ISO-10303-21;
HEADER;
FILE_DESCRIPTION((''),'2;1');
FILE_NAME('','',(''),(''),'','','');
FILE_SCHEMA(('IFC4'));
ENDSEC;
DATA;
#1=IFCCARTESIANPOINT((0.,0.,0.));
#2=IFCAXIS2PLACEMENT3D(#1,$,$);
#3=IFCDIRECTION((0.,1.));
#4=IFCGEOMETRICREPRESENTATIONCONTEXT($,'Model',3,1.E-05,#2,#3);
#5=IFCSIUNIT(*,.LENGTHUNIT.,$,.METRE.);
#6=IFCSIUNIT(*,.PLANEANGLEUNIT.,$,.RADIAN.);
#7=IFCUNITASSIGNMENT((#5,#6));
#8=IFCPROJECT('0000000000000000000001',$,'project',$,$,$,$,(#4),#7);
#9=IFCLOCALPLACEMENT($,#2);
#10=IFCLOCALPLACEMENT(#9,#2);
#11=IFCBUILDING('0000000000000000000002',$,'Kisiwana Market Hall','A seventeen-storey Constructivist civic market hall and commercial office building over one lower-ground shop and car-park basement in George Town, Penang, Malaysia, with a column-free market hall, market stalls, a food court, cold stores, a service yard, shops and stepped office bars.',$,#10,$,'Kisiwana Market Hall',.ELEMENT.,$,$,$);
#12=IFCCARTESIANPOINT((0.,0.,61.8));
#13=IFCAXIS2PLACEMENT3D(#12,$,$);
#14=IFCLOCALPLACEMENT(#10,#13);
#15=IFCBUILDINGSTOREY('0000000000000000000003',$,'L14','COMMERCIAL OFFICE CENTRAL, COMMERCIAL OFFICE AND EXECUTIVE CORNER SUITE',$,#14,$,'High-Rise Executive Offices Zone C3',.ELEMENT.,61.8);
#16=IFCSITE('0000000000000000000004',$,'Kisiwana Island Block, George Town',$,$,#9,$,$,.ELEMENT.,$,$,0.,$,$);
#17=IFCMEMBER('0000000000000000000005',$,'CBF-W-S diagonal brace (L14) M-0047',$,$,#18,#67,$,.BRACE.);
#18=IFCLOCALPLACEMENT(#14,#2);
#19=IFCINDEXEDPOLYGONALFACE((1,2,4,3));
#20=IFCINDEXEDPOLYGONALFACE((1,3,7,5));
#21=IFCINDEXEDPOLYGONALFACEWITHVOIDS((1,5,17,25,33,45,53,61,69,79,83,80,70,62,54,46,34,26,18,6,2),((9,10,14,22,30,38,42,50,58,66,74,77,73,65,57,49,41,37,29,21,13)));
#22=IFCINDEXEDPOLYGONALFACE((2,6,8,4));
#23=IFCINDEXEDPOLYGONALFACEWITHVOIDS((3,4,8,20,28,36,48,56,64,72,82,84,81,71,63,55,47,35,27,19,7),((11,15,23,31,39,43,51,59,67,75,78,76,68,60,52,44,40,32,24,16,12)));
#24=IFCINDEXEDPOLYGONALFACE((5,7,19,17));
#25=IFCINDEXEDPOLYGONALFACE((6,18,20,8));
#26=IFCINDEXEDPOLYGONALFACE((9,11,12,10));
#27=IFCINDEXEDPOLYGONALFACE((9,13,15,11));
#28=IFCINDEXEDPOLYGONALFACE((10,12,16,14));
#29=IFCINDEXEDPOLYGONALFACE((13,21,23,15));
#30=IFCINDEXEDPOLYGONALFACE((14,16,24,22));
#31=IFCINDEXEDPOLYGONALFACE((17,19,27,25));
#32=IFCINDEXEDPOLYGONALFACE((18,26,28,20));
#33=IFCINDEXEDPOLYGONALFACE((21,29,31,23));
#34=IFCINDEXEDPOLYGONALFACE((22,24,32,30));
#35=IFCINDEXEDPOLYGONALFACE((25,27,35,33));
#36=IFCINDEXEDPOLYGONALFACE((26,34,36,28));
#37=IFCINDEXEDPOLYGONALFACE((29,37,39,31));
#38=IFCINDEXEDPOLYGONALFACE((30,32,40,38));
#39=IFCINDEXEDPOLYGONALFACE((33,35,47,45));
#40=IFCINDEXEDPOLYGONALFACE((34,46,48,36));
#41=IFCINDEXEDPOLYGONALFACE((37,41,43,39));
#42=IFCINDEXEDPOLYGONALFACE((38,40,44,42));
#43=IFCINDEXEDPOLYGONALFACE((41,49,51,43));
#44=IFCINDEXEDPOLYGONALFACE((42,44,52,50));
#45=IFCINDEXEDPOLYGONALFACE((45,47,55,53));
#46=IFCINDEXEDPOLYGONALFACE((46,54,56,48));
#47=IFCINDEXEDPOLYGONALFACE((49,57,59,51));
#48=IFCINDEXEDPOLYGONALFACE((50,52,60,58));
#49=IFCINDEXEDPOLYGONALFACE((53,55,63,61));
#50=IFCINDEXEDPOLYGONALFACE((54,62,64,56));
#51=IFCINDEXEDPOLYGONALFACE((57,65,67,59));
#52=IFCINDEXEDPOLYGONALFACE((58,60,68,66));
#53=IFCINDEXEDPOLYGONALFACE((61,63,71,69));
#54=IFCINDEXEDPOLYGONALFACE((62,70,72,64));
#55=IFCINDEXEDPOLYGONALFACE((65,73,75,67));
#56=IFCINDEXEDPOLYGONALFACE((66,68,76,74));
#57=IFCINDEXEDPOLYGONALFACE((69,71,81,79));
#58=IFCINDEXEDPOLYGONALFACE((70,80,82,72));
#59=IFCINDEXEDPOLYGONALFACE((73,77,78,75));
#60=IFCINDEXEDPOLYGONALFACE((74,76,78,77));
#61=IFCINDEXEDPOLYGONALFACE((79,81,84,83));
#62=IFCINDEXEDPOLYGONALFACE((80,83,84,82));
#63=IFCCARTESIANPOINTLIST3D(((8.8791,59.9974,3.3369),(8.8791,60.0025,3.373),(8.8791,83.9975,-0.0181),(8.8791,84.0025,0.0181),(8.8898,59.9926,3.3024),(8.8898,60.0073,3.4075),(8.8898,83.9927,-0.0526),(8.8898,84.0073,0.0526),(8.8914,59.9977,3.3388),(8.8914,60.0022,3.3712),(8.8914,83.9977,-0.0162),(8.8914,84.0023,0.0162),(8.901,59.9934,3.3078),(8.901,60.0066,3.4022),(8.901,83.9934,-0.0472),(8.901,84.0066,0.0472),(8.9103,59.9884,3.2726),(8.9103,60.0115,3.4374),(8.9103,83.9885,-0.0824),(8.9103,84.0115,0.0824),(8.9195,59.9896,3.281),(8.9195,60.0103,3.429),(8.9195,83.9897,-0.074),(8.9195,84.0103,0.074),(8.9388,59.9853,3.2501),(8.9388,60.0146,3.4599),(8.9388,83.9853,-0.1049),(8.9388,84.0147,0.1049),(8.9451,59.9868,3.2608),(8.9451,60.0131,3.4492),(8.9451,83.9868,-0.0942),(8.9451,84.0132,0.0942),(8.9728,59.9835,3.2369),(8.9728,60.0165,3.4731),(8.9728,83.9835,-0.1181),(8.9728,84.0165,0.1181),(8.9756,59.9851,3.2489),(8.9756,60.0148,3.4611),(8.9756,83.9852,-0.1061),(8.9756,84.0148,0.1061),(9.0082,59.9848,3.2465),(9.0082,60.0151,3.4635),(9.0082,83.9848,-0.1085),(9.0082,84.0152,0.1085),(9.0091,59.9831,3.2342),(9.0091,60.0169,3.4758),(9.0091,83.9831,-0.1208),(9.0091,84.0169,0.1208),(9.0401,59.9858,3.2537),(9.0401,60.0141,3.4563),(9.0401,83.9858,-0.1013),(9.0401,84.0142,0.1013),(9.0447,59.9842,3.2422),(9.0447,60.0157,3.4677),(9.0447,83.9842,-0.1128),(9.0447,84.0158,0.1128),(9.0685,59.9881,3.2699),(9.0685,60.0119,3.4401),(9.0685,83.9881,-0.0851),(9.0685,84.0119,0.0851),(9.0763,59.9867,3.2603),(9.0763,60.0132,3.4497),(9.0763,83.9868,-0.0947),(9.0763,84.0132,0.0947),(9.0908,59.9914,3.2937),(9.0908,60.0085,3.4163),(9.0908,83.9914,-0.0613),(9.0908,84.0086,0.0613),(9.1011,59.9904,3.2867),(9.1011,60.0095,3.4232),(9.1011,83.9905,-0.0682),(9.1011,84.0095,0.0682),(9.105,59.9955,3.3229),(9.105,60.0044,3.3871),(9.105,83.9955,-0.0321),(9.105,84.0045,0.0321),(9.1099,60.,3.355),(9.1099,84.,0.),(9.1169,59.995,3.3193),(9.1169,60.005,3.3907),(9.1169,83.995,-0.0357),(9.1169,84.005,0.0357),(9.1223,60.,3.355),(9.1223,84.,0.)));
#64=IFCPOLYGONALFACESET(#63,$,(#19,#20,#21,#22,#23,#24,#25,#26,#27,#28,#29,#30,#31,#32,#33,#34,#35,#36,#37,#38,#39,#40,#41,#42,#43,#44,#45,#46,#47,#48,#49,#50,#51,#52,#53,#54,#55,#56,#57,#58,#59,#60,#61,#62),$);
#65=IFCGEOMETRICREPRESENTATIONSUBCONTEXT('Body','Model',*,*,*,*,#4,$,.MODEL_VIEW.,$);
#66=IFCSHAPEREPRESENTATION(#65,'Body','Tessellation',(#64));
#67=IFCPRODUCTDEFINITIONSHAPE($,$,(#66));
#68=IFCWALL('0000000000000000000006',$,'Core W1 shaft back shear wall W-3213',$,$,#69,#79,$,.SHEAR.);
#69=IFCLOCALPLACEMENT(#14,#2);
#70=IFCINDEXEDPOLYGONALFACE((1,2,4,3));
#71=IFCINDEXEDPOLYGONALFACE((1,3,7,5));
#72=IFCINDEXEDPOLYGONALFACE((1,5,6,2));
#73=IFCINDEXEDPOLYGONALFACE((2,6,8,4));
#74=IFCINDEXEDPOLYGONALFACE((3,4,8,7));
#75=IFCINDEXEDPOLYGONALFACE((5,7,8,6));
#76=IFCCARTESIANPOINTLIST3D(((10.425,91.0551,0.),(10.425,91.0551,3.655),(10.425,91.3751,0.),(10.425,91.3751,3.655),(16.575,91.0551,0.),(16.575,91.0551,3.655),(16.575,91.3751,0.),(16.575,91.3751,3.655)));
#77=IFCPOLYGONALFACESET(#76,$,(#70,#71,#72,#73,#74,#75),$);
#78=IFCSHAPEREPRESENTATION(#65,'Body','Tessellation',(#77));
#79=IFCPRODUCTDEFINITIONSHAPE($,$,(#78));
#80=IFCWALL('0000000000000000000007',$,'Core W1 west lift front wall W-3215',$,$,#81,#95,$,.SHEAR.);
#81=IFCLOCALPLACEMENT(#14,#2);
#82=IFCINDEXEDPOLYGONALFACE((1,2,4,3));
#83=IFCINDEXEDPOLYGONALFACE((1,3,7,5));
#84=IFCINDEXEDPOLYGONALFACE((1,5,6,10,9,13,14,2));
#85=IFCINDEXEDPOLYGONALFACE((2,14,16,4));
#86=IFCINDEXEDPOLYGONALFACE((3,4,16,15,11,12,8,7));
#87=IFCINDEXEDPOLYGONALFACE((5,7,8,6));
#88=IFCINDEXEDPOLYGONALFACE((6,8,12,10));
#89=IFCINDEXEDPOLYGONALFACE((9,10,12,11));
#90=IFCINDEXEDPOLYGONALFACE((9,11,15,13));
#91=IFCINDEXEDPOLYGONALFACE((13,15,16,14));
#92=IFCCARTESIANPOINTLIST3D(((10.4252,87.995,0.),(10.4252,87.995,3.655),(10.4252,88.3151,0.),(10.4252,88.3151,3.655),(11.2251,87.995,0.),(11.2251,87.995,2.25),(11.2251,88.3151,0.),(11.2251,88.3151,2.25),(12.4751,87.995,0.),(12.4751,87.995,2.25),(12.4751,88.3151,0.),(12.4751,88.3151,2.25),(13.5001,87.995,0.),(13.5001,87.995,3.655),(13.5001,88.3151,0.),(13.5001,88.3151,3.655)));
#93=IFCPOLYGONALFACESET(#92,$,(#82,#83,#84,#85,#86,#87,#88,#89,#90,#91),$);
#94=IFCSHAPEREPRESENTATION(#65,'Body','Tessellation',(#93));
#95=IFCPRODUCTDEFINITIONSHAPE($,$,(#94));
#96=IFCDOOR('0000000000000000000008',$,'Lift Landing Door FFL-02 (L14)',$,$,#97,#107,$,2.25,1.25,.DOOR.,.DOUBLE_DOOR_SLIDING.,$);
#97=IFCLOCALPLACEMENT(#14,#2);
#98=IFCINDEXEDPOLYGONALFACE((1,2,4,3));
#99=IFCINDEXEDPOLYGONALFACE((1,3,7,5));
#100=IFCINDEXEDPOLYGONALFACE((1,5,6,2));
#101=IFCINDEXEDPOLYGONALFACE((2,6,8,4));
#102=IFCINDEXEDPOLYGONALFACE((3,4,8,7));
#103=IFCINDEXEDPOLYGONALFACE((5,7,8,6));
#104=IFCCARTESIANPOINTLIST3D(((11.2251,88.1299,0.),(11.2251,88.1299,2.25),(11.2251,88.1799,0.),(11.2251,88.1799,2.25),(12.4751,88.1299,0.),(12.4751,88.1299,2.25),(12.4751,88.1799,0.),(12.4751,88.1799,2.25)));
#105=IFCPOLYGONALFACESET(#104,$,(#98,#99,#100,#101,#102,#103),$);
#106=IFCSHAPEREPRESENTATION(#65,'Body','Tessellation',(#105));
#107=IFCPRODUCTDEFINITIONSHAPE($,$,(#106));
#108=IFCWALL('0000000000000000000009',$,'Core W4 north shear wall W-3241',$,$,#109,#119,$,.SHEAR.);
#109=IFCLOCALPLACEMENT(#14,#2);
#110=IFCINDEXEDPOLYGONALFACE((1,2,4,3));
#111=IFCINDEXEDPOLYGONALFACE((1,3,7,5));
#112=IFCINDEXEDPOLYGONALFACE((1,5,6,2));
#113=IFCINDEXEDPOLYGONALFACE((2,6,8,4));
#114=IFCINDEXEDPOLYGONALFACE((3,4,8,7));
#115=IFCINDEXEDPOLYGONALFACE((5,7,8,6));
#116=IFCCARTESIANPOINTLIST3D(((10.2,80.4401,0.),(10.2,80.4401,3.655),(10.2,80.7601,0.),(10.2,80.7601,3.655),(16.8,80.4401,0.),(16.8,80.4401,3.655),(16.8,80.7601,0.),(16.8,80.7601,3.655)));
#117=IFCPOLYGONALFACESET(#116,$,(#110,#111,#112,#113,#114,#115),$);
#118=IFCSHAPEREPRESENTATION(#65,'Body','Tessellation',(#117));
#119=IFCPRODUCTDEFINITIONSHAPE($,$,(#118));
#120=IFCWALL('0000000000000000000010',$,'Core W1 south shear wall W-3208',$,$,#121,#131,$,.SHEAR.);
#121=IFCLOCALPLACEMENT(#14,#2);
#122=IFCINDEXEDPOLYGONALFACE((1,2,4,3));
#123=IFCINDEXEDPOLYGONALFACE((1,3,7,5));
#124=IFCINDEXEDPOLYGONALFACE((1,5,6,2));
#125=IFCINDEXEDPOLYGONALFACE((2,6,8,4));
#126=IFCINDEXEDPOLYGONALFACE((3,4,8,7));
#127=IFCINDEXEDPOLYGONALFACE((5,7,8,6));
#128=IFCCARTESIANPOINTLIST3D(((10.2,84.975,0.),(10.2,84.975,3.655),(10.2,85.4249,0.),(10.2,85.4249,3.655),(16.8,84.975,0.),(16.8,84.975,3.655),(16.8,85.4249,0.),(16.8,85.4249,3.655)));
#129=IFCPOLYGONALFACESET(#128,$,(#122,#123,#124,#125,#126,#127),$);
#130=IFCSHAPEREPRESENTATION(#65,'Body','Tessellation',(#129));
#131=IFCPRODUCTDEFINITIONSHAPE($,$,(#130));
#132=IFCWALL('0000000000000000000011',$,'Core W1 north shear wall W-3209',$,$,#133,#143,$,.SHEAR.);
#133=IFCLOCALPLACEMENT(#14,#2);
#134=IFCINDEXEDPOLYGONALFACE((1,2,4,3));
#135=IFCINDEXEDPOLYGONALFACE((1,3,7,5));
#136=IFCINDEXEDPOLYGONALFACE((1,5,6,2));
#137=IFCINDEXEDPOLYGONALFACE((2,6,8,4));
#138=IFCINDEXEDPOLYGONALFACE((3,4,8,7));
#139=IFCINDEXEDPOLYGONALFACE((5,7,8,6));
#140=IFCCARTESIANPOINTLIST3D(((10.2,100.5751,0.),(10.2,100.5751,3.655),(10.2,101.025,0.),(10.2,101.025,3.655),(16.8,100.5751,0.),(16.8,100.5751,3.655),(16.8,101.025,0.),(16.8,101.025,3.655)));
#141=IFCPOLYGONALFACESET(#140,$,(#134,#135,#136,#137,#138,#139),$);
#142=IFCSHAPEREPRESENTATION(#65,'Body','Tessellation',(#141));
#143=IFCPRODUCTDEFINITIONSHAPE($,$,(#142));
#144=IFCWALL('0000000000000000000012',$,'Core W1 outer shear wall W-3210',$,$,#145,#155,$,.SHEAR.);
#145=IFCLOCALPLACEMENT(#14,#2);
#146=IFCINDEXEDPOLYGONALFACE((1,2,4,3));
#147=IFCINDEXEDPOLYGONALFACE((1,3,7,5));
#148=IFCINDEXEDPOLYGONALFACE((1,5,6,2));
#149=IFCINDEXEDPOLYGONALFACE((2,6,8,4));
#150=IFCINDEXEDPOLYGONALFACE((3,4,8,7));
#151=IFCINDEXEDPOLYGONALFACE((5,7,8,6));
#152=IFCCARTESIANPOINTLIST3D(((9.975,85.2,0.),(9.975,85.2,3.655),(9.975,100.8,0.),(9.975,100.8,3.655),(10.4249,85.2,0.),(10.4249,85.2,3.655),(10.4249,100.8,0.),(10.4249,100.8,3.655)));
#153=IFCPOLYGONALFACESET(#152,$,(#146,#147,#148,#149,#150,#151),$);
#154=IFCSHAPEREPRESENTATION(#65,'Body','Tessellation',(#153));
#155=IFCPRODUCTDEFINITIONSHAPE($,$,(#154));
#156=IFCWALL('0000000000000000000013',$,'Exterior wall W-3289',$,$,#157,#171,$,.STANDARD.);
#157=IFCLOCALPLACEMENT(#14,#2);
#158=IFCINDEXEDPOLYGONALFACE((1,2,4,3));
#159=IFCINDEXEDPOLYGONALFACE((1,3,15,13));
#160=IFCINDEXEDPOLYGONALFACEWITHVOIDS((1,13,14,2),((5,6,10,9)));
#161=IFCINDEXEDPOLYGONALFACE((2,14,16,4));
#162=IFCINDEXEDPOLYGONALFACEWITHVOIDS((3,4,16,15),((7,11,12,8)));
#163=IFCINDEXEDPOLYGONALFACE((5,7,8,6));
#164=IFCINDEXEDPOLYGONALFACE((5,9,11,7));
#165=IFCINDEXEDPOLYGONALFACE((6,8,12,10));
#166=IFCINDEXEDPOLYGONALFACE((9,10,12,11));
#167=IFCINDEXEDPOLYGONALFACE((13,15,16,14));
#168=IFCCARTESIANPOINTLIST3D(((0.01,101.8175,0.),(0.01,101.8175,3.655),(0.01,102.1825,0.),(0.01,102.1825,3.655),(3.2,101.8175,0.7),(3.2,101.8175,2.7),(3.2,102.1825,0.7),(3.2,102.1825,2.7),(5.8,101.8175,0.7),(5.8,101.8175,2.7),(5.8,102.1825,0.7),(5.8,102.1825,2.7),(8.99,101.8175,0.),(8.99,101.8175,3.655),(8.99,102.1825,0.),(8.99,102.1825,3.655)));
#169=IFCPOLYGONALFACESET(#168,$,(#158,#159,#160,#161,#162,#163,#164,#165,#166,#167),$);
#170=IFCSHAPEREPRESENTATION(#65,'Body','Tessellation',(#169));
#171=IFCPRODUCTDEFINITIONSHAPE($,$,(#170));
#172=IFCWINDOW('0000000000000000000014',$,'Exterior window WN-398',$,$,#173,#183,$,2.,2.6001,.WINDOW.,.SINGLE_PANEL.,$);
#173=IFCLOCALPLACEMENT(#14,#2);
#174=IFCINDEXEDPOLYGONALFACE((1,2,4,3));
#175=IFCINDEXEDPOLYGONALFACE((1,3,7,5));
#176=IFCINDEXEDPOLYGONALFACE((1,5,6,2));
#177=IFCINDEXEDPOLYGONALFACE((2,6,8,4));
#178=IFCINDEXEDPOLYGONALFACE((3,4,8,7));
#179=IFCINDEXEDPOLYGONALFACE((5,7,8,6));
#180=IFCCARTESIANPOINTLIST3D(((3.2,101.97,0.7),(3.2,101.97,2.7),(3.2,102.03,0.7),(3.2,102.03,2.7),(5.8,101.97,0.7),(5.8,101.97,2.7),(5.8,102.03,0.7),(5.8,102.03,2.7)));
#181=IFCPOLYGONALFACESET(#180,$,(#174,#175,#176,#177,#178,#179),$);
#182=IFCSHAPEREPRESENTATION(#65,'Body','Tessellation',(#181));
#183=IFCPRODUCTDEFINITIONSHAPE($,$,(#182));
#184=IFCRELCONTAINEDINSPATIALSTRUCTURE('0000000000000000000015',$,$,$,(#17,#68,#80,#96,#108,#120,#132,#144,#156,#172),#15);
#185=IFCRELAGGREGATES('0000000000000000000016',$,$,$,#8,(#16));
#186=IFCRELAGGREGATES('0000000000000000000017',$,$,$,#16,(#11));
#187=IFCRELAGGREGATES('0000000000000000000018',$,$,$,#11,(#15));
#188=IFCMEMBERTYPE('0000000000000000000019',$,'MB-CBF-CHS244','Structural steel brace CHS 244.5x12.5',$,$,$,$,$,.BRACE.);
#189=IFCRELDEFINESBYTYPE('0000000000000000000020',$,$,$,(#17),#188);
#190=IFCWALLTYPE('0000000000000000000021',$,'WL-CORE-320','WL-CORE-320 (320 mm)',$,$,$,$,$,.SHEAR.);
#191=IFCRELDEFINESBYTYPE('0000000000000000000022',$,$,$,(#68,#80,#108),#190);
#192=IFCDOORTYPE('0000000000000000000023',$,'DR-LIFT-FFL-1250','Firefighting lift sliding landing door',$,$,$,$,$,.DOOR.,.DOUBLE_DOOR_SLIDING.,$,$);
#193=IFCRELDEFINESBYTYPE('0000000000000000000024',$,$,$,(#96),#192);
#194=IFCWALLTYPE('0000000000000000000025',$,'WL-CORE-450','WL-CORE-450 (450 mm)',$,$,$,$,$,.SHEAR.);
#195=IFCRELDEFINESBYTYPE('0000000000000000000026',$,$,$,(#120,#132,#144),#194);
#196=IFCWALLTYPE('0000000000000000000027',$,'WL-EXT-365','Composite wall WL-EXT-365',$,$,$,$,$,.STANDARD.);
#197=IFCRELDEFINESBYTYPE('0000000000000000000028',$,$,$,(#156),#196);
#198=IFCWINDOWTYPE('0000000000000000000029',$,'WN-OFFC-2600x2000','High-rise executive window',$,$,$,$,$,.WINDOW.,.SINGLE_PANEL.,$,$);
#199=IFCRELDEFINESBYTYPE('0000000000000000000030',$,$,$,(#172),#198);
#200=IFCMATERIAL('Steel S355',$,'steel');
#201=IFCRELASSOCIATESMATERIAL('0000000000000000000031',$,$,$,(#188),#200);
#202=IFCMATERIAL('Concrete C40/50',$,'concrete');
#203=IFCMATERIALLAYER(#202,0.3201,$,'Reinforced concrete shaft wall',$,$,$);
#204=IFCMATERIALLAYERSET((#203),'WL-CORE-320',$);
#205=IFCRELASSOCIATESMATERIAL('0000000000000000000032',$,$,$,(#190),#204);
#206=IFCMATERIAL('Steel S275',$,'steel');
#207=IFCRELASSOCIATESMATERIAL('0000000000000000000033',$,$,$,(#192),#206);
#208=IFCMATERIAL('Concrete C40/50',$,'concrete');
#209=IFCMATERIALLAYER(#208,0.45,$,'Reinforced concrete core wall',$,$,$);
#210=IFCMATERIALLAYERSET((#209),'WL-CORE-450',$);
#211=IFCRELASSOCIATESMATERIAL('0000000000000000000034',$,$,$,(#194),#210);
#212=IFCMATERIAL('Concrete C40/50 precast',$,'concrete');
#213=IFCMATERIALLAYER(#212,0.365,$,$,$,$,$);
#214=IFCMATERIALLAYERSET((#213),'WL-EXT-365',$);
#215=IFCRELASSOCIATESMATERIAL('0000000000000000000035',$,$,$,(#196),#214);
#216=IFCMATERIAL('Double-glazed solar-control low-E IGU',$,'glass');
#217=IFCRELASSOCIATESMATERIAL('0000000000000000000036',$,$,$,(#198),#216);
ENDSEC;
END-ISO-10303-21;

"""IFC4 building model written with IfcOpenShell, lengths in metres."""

from ifc_helpers import new_model, si_unit, direction, frame, frame_2d, origin, origin_2d, place, context, subcontext, project, spatial, rectangle, hollow_circle, extrude, material, layer, layer_set, material_profile, profile_set, type_object, element, fill, save


model = new_model("IFC4")

# Units and contexts
model_context = context("Model", 3, precision=1e-05, world=origin(), true_north=direction((0.0, 1.0)))
body_context = subcontext(model_context, "Body", "Model", "MODEL_VIEW")
ifc_project = project(units=[si_unit("LENGTHUNIT", "METRE"), si_unit("PLANEANGLEUNIT", "RADIAN")], contexts=[model_context])

# Site, building, storey
site_placement = place(None, origin())
site = spatial("IfcSite", under=ifc_project, at=site_placement, Name="Kisiwana Island Block, George Town", CompositionType="ELEMENT", RefElevation=0.0)
building_placement = place(site_placement, origin())
building = spatial("IfcBuilding", under=site, at=building_placement, Name="Kisiwana Market Hall", Description="A seventeen-storey Constructivist civic market hall and commercial office building over one lower-ground shop and car-park basement in George Town, Penang, Malaysia, with a column-free market hall, market stalls, a food court, cold stores, a service yard, shops and stepped office bars.", LongName="Kisiwana Market Hall", CompositionType="ELEMENT")
storey_placement = place(building_placement, frame((0.0, 0.0, 61.8)))
storey = spatial("IfcBuildingStorey", under=building, at=storey_placement, Name="L14", Description="COMMERCIAL OFFICE CENTRAL, COMMERCIAL OFFICE AND EXECUTIVE CORNER SUITE", LongName="High-Rise Executive Offices Zone C3", CompositionType="ELEMENT", Elevation=61.8)

# Member
ifc_material_1 = material(Name="Steel S355", Category="steel")
ifc_material_profile_1 = material_profile(ifc_material_1, hollow_circle(Radius=0.1223, WallThickness=0.0125, at=origin_2d()), Name="CHS 244.5x12.5")
ifc_profile_set_1 = profile_set([ifc_material_profile_1], Name="Steel S355")
member_type = type_object("IfcMemberType", Name="MB-CBF-CHS244", Description="Structural steel brace CHS 244.5x12.5", PredefinedType="BRACE", material=ifc_profile_set_1)
member_placement = place(storey_placement, frame((9.0, 84.0, 0.0), z_axis=(0.0, -0.99037, 0.138445), x_axis=(1.0, 0.0, 0.0)))
element("IfcMember", 1, at=member_placement, inside=storey, type_object=member_type, Name="CBF-W-S diagonal brace (L14) M-0047", PredefinedType="BRACE", context=body_context, shape_type="SweptSolid", body=[
    extrude(hollow_circle(Radius=0.1223, WallThickness=0.0125, at=origin_2d()), origin(), (0.0, 0.0, 1.0), 24.2334),
])

# Wall
ifc_material_2 = material(Name="Concrete C40/50", Category="concrete")
ifc_layer_1 = layer(ifc_material_2, 0.3201, Name="Reinforced concrete shaft wall")
ifc_layer_set_1 = layer_set([ifc_layer_1], Name="WL-CORE-320")
wall_type_1 = type_object("IfcWallType", Name="WL-CORE-320", Description="WL-CORE-320 (320 mm)", PredefinedType="SHEAR", material=ifc_layer_set_1)
wall_1_placement = place(storey_placement, frame((10.425, 91.2151, 0.0), z_axis=(0.0, 0.0, 1.0), x_axis=(1.0, 0.0, 0.0)))
element("IfcWall", 2, at=wall_1_placement, inside=storey, type_object=wall_type_1, Name="Core W1 shaft back shear wall W-3213", PredefinedType="SHEAR", context=body_context, shape_type="SweptSolid", body=[
    extrude(rectangle(XDim=6.1499, YDim=0.3201, at=frame_2d((3.075, 0.0))), origin(), (0.0, 0.0, 1.0), 3.655),
])

# Wall, opening, door
wall_2_placement = place(storey_placement, frame((10.425, 88.155, 0.0), z_axis=(0.0, 0.0, 1.0), x_axis=(1.0, 0.0, 0.0)))
wall_2 = element("IfcWall", 3, at=wall_2_placement, inside=storey, type_object=wall_type_1, Name="Core W1 west lift front wall W-3215", PredefinedType="SHEAR", context=body_context, shape_type="SweptSolid", body=[
    extrude(rectangle(XDim=3.075, YDim=0.3201, at=frame_2d((1.5376, 0.0))), origin(), (0.0, 0.0, 1.0), 3.655),
])
opening_1_placement = place(wall_2_placement, frame((0.8, 0.0, 0.0)))
opening_1 = element("IfcOpeningElement", 4, at=opening_1_placement, cuts=wall_2, PredefinedType="OPENING", context=body_context, shape_type="SweptSolid", body=[
    extrude(rectangle(XDim=1.25, YDim=2.25, at=frame_2d((0.625, 1.125))), frame((0.0, 0.1719, 0.0), z_axis=(0.0, -1.0, 0.0), x_axis=(1.0, 0.0, 0.0)), (0.0, 0.0, 1.0), 0.344),
])
ifc_material_3 = material(Name="Steel S275", Category="steel")
door_type_1 = type_object("IfcDoorType", Name="DR-LIFT-FFL-1250", Description="Firefighting lift sliding landing door", OperationType="DOUBLE_DOOR_SLIDING", PredefinedType="DOOR", material=ifc_material_3)
door_1_placement = place(opening_1_placement, origin())
door_1 = element("IfcDoor", 5, at=door_1_placement, inside=storey, type_object=door_type_1, Name="Lift Landing Door FFL-02 (L14)", OperationType="DOUBLE_DOOR_SLIDING", OverallHeight=2.25, OverallWidth=1.25, PredefinedType="DOOR", context=body_context, shape_type="SweptSolid", body=[
    extrude(rectangle(XDim=1.25, YDim=2.25, at=frame_2d((0.625, 1.125))), frame((0.0, 0.0249, 0.0), z_axis=(0.0, -1.0, 0.0), x_axis=(1.0, 0.0, 0.0)), (0.0, 0.0, 1.0), 0.05),
])
fill(opening_1, door_1)

# Walls
wall_3_placement = place(storey_placement, frame((10.2, 80.6001, 0.0), z_axis=(0.0, 0.0, 1.0), x_axis=(1.0, 0.0, 0.0)))
element("IfcWall", 6, at=wall_3_placement, inside=storey, type_object=wall_type_1, Name="Core W4 north shear wall W-3241", PredefinedType="SHEAR", context=body_context, shape_type="SweptSolid", body=[
    extrude(rectangle(XDim=6.6001, YDim=0.3201, at=frame_2d((3.3, 0.0))), origin(), (0.0, 0.0, 1.0), 3.655),
])
ifc_material_4 = material(Name="Concrete C40/50", Category="concrete")
ifc_layer_2 = layer(ifc_material_4, 0.45, Name="Reinforced concrete core wall")
ifc_layer_set_2 = layer_set([ifc_layer_2], Name="WL-CORE-450")
wall_type_2 = type_object("IfcWallType", Name="WL-CORE-450", Description="WL-CORE-450 (450 mm)", PredefinedType="SHEAR", material=ifc_layer_set_2)
for number, where, z_axis, x_axis, name in (
    (7, (10.2, 85.2, 0.0), (0.0, 0.0, 1.0), (1.0, 0.0, 0.0), "Core W1 south shear wall W-3208"),
    (8, (10.2, 100.8, 0.0), (0.0, 0.0, 1.0), (1.0, 0.0, 0.0), "Core W1 north shear wall W-3209"),
):
    element("IfcWall", number, at=place(storey_placement, frame(where, z_axis=z_axis, x_axis=x_axis)), inside=storey, type_object=wall_type_2, Name=name, PredefinedType="SHEAR", context=body_context, shape_type="SweptSolid", body=[
        extrude(rectangle(XDim=6.6001, YDim=0.45, at=frame_2d((3.3, 0.0))), origin(), (0.0, 0.0, 1.0), 3.655),
    ])
wall_4_placement = place(storey_placement, frame((10.2, 85.2, 0.0), z_axis=(0.0, 0.0, 1.0), x_axis=(0.0, 1.0, 0.0)))
element("IfcWall", 9, at=wall_4_placement, inside=storey, type_object=wall_type_2, Name="Core W1 outer shear wall W-3210", PredefinedType="SHEAR", context=body_context, shape_type="SweptSolid", body=[
    extrude(rectangle(XDim=15.6001, YDim=0.45, at=frame_2d((7.8, 0.0))), origin(), (0.0, 0.0, 1.0), 3.655),
])

# Wall, opening, window
ifc_material_5 = material(Name="Concrete C40/50 precast", Category="concrete")
ifc_layer_3 = layer(ifc_material_5, 0.365)
ifc_layer_set_3 = layer_set([ifc_layer_3], Name="WL-EXT-365")
wall_type_3 = type_object("IfcWallType", Name="WL-EXT-365", Description="Composite wall WL-EXT-365", PredefinedType="STANDARD", material=ifc_layer_set_3)
wall_5_placement = place(storey_placement, frame((0.01, 102.0, 0.0), z_axis=(0.0, 0.0, 1.0), x_axis=(1.0, 0.0, 0.0)))
wall_5 = element("IfcWall", 10, at=wall_5_placement, inside=storey, type_object=wall_type_3, Name="Exterior wall W-3289", PredefinedType="STANDARD", context=body_context, shape_type="SweptSolid", body=[
    extrude(rectangle(XDim=8.98, YDim=0.365, at=frame_2d((4.49, 0.0))), origin(), (0.0, 0.0, 1.0), 3.655),
])
opening_2_placement = place(wall_5_placement, frame((3.1899, 0.0, 0.7)))
opening_2 = element("IfcOpeningElement", 11, at=opening_2_placement, cuts=wall_5, PredefinedType="OPENING", context=body_context, shape_type="SweptSolid", body=[
    extrude(rectangle(XDim=2.6001, YDim=2.0, at=frame_2d((1.3, 1.0))), frame((0.0, 0.1943, 0.0), z_axis=(0.0, -1.0, 0.0), x_axis=(1.0, 0.0, 0.0)), (0.0, 0.0, 1.0), 0.3889),
])
ifc_material_6 = material(Name="Double-glazed solar-control low-E IGU", Category="glass")
window_type_1 = type_object("IfcWindowType", Name="WN-OFFC-2600x2000", Description="High-rise executive window", PartitioningType="SINGLE_PANEL", PredefinedType="WINDOW", material=ifc_material_6)
window_1_placement = place(opening_2_placement, origin())
window_1 = element("IfcWindow", 12, at=window_1_placement, inside=storey, type_object=window_type_1, Name="Exterior window WN-398", OverallHeight=2.0, OverallWidth=2.6001, PartitioningType="SINGLE_PANEL", PredefinedType="WINDOW", context=body_context, shape_type="SweptSolid", body=[
    extrude(rectangle(XDim=2.6001, YDim=2.0, at=frame_2d((1.3, 1.0))), frame((0.0, 0.03, 0.0), z_axis=(0.0, -1.0, 0.0), x_axis=(1.0, 0.0, 0.0)), (0.0, 0.0, 1.0), 0.0601),
])
fill(opening_2, window_1)

save(model, "model.ifc")
